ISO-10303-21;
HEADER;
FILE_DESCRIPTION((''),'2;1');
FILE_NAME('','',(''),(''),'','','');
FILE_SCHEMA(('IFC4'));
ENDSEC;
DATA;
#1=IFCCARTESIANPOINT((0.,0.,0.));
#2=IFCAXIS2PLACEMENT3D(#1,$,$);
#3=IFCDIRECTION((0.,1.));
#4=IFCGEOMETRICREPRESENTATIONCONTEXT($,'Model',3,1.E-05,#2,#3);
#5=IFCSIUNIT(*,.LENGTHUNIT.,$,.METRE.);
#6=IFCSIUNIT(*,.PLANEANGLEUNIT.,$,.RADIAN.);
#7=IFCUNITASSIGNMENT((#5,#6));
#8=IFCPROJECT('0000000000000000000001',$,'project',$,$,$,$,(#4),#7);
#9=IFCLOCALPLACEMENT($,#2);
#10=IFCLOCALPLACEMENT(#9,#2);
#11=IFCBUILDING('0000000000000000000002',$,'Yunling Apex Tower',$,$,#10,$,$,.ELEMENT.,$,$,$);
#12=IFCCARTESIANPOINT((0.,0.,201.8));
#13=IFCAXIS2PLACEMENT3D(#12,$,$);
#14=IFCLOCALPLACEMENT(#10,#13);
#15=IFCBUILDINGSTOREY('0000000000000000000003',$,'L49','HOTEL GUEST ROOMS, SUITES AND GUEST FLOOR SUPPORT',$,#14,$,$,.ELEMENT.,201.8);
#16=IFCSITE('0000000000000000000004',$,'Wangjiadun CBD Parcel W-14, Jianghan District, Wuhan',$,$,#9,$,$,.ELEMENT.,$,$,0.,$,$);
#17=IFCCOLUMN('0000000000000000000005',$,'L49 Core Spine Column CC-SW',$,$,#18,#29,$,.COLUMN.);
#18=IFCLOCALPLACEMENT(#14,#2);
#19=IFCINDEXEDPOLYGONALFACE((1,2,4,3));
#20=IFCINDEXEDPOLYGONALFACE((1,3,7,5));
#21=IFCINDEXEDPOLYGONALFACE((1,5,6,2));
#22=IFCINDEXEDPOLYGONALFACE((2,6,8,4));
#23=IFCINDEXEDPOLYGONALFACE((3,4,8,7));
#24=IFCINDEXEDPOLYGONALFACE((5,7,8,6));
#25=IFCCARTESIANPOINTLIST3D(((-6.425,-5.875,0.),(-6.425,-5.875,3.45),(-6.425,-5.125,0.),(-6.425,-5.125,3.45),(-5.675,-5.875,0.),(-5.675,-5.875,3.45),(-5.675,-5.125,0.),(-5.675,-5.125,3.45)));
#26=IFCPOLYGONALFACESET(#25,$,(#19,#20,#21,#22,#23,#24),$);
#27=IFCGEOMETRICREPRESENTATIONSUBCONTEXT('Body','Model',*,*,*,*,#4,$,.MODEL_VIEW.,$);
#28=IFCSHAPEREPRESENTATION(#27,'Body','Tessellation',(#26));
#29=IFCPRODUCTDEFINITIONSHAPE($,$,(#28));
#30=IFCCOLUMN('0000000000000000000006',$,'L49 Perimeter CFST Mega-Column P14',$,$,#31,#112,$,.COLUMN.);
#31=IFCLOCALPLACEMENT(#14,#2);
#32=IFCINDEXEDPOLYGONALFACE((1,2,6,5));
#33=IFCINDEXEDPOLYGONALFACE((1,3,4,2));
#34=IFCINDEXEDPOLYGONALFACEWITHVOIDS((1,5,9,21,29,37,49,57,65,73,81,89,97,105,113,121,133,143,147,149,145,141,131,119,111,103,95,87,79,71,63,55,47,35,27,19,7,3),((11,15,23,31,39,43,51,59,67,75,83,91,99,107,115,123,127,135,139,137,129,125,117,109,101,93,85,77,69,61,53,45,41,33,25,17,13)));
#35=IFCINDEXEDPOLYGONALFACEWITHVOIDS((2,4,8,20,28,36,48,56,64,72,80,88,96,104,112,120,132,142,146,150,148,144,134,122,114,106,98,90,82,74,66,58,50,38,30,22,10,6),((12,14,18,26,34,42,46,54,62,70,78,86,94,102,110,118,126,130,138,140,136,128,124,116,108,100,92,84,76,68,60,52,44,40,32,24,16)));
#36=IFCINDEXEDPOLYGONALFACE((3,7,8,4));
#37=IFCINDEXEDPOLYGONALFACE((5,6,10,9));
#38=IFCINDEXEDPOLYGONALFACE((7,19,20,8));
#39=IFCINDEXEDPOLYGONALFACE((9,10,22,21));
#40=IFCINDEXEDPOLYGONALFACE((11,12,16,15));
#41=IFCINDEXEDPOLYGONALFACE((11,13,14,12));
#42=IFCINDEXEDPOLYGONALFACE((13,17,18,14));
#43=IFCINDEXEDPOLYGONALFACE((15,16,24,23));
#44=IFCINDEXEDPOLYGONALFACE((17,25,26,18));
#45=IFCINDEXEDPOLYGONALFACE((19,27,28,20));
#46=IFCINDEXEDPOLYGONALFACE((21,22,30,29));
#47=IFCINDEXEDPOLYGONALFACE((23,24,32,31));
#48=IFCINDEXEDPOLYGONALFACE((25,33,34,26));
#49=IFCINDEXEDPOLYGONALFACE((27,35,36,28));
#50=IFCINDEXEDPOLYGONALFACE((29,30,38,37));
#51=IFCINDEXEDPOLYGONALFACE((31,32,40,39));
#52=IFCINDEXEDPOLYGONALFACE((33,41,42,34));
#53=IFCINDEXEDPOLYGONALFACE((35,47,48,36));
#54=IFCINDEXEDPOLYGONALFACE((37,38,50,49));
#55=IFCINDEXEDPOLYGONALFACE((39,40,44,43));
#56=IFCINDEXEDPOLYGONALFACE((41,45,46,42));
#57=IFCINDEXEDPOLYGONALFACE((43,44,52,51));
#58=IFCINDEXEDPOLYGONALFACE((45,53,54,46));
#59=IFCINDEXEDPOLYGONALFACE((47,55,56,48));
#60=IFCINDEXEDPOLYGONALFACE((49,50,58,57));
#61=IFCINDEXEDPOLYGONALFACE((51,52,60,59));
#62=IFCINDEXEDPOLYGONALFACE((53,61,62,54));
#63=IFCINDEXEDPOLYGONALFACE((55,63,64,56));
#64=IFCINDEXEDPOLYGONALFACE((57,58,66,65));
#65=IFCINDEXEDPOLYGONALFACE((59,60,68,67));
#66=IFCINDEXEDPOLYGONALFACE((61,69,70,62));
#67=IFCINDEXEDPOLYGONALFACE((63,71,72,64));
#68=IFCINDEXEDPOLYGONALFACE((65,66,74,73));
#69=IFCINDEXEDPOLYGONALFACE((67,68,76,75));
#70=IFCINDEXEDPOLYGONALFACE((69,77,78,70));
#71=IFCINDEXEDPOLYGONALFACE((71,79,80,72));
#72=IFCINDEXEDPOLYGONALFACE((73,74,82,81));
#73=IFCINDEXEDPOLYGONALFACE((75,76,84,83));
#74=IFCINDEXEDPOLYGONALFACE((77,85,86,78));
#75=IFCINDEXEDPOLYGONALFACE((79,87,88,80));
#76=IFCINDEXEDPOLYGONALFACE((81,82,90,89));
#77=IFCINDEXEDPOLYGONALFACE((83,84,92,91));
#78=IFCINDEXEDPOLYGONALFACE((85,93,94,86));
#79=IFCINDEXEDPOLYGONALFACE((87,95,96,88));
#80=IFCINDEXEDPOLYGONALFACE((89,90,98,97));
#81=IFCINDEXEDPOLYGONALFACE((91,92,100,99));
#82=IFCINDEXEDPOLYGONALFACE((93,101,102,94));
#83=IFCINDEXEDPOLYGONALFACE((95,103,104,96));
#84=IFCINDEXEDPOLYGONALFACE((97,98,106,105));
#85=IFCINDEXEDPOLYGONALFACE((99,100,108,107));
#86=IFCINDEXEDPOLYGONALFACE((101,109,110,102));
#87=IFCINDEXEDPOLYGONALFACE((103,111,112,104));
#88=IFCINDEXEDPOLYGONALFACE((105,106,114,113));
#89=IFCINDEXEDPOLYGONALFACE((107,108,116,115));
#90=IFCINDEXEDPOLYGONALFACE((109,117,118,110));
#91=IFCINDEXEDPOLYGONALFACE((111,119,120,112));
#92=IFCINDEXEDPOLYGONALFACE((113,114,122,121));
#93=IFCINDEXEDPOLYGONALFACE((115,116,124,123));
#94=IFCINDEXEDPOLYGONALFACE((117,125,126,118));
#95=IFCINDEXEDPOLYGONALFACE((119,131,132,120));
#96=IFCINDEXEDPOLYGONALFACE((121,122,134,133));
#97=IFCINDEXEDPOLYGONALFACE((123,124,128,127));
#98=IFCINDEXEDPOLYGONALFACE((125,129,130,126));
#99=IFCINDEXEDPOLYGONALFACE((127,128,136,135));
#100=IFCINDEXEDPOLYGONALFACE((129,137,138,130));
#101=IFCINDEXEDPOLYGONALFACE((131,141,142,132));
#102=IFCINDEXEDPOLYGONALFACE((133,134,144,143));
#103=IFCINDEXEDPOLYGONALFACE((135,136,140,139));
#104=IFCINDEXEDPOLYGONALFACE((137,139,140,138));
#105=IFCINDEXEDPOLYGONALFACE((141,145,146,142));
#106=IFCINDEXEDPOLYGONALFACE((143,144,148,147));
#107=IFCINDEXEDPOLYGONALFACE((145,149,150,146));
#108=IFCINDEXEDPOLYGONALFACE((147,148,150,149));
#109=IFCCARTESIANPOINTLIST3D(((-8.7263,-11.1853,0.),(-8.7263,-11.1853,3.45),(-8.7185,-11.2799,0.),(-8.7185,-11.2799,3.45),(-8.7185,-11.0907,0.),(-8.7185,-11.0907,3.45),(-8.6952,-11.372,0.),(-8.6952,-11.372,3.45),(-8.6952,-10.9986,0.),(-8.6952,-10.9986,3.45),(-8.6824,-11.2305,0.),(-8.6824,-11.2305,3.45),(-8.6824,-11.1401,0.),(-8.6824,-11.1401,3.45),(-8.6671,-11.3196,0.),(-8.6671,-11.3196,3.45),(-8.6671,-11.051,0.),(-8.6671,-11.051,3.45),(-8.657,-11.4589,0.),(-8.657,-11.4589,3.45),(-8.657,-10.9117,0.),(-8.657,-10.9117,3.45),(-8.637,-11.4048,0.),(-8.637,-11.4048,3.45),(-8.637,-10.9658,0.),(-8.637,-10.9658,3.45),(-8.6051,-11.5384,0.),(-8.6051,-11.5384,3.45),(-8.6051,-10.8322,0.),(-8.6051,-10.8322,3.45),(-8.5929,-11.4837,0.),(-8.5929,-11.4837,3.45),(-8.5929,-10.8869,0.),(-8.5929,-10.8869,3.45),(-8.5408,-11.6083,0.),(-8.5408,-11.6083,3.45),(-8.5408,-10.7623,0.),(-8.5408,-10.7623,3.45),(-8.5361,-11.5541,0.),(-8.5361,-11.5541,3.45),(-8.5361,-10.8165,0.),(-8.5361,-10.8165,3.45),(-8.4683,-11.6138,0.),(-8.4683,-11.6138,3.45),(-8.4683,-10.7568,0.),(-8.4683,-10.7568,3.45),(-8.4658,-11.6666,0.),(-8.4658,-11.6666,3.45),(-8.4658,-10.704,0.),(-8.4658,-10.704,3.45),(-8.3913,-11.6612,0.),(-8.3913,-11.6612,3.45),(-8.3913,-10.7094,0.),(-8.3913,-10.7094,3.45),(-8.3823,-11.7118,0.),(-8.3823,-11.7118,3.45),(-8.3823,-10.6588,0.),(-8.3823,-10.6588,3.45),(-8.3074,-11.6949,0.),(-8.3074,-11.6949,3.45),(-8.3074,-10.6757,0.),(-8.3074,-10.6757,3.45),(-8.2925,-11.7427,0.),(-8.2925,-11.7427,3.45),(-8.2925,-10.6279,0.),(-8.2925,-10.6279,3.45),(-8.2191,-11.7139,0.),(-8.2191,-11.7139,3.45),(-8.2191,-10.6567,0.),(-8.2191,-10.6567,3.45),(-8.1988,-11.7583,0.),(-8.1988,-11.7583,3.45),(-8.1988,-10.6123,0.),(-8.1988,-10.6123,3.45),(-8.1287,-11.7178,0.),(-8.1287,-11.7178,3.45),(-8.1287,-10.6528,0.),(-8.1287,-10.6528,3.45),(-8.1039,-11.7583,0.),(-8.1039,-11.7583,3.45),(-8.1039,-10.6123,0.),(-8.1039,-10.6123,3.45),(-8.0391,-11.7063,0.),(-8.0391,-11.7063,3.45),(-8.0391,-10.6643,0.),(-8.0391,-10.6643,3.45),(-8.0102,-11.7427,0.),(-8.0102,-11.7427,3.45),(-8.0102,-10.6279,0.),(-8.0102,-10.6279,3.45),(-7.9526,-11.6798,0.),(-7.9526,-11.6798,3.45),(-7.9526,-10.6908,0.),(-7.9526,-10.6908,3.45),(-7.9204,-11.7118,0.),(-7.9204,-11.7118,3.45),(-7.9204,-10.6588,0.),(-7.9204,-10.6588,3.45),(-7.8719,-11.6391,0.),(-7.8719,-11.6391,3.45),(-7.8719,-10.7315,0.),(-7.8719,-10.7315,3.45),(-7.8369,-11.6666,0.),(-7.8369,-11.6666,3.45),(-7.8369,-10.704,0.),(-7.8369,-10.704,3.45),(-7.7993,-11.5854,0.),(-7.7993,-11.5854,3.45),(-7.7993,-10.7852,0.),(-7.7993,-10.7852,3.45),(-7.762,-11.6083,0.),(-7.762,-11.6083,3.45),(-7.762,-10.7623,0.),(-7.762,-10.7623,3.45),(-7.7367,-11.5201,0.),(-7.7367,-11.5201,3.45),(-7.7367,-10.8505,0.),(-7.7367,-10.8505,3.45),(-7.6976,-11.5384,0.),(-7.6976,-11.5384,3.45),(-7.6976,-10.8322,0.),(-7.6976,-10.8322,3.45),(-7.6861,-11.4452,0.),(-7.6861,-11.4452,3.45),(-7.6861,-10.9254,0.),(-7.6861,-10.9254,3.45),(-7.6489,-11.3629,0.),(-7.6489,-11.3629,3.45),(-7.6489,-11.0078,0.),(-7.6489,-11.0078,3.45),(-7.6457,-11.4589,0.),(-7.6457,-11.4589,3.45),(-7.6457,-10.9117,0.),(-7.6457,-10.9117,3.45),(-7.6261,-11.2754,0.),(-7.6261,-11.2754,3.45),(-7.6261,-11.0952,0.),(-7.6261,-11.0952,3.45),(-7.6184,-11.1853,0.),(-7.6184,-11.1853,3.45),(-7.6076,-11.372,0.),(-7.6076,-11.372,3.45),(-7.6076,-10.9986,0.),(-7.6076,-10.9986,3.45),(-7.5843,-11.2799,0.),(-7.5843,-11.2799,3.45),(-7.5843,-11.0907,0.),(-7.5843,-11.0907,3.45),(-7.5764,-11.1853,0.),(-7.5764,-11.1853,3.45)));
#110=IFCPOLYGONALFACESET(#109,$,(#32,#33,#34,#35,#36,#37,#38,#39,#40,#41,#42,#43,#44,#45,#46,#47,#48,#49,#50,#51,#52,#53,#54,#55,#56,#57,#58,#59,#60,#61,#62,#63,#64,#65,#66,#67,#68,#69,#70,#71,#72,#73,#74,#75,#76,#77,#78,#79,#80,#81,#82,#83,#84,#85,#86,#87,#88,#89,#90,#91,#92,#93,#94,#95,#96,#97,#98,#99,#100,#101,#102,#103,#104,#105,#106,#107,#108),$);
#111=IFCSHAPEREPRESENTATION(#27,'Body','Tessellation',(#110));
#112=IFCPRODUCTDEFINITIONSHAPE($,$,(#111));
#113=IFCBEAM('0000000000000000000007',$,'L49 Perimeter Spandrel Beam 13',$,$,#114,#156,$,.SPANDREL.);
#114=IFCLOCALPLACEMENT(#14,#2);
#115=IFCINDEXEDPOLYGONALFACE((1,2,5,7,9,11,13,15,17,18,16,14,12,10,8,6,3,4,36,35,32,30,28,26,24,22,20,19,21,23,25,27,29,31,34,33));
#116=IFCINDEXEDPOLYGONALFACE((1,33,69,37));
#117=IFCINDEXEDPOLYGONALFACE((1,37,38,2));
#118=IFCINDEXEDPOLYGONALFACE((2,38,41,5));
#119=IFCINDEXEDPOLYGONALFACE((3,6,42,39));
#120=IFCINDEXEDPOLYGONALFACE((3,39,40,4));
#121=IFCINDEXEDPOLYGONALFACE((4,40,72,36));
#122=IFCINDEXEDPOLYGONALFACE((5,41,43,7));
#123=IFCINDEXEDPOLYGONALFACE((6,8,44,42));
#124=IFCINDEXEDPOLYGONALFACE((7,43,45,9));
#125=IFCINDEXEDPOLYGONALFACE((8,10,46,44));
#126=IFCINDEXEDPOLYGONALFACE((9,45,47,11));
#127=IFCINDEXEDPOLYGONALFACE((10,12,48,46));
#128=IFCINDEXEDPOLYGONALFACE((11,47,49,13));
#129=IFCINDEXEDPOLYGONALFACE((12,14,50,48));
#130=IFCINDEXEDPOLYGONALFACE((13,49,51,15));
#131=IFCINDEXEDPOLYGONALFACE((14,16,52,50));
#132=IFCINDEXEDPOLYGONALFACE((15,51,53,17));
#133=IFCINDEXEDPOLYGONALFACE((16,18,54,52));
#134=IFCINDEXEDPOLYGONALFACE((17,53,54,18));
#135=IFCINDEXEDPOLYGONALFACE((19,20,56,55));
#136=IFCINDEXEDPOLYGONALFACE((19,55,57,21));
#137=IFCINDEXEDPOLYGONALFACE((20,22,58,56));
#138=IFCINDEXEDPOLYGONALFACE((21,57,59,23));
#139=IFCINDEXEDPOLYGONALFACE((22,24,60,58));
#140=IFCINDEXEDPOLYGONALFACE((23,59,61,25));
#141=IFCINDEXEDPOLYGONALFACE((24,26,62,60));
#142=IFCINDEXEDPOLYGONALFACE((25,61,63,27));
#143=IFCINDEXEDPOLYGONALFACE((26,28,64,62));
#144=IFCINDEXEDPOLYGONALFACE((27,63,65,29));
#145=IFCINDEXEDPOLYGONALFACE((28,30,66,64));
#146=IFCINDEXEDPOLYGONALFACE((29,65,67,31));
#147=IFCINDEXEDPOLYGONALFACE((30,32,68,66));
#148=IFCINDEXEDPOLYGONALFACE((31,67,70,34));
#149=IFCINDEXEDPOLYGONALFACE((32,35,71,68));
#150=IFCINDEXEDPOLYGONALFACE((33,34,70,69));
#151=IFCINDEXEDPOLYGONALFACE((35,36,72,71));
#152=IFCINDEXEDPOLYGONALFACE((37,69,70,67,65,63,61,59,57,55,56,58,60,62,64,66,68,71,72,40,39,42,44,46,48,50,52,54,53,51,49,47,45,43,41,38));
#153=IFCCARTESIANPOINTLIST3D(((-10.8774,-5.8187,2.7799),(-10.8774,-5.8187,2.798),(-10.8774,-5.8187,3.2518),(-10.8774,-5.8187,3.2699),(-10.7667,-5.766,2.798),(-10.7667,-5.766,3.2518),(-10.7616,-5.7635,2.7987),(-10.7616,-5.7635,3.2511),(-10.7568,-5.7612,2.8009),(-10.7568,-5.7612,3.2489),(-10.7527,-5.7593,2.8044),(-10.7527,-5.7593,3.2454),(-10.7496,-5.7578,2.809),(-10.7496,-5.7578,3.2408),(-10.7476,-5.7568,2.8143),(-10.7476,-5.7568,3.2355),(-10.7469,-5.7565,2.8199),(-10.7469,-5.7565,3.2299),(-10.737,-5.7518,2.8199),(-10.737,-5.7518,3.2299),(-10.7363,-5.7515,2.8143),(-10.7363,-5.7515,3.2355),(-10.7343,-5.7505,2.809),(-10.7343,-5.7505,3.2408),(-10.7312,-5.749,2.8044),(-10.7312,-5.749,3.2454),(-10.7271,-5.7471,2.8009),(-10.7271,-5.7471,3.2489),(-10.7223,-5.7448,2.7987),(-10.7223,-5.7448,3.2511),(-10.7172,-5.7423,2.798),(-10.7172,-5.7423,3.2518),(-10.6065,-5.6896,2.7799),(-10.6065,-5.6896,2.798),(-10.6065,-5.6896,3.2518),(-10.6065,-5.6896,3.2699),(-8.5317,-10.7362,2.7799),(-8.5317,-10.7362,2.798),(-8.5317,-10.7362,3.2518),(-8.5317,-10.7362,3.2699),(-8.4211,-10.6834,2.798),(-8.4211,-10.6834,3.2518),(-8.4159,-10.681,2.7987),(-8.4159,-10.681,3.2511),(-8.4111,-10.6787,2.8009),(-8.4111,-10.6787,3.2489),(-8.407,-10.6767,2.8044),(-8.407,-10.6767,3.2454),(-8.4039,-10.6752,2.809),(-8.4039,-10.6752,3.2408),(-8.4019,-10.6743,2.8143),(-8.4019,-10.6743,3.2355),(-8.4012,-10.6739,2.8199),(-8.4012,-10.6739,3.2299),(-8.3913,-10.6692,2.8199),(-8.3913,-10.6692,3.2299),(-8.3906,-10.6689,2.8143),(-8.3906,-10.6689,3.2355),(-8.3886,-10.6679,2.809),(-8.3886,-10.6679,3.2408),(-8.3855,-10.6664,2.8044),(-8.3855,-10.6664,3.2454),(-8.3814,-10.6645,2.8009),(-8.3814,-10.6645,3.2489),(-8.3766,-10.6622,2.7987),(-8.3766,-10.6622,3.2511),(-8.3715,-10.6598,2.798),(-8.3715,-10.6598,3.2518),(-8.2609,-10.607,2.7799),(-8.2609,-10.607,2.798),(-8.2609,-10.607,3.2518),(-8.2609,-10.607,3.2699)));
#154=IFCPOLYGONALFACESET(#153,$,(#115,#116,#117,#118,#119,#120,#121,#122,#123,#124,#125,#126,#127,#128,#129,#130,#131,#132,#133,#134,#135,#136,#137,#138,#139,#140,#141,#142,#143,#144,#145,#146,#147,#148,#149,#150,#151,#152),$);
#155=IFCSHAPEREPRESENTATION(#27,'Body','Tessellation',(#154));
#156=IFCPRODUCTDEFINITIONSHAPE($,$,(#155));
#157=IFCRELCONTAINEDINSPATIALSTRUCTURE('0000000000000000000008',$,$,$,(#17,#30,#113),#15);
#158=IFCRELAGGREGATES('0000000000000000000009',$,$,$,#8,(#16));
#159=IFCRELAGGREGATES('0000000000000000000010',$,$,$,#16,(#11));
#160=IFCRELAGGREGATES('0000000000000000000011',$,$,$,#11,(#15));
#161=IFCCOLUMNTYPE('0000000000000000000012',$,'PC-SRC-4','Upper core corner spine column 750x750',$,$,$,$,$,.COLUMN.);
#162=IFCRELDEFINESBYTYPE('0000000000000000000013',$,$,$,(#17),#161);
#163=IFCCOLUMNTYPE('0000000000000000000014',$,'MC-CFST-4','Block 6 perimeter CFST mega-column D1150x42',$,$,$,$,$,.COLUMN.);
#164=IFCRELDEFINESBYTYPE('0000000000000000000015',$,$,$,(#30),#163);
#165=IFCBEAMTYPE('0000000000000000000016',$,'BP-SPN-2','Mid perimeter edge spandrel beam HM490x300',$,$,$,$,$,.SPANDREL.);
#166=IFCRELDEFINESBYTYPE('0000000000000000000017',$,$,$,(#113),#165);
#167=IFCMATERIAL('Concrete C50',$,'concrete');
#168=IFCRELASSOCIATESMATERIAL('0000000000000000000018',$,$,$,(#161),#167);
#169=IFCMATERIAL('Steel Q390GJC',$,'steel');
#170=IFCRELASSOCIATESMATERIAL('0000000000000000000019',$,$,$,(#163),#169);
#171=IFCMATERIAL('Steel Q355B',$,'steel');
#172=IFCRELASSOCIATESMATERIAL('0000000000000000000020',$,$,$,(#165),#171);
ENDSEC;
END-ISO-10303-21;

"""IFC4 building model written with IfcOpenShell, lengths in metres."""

from ifc_helpers import new_model, si_unit, direction, frame, origin, origin_2d, place, context, subcontext, project, spatial, rectangle, hollow_circle, i_section, extrude, source, transform, mapped, material, material_profile, profile_set, type_object, element, save


model = new_model("IFC4")

# Units and contexts
model_context = context("Model", 3, precision=1e-05, world=origin(), true_north=direction((0.0, 1.0)))
body_context = subcontext(model_context, "Body", "Model", "MODEL_VIEW")
ifc_project = project(units=[si_unit("LENGTHUNIT", "METRE"), si_unit("PLANEANGLEUNIT", "RADIAN")], contexts=[model_context])

# Site, building, storey
site_placement = place(None, origin())
site = spatial("IfcSite", under=ifc_project, at=site_placement, Name="Wangjiadun CBD Parcel W-14, Jianghan District, Wuhan", CompositionType="ELEMENT", RefElevation=0.0)
building_placement = place(site_placement, origin())
building = spatial("IfcBuilding", under=site, at=building_placement, Name="Yunling Apex Tower", CompositionType="ELEMENT")
storey_placement = place(building_placement, frame((0.0, 0.0, 201.8)))
storey = spatial("IfcBuildingStorey", under=building, at=storey_placement, Name="L49", Description="HOTEL GUEST ROOMS, SUITES AND GUEST FLOOR SUPPORT", CompositionType="ELEMENT", Elevation=201.8)

# Columns
ifc_material_1 = material(Name="Concrete C50", Category="concrete")
ifc_material_profile_1 = material_profile(ifc_material_1, rectangle(XDim=0.75, YDim=0.75, at=origin_2d()))
ifc_profile_set_1 = profile_set([ifc_material_profile_1], Name="Concrete C50")
column_type_1 = type_object("IfcColumnType", Name="PC-SRC-4", Description="Upper core corner spine column 750x750", PredefinedType="COLUMN", material=ifc_profile_set_1)
shared_shape_1 = source(origin(), body_context, "Body", "SweptSolid", [
    extrude(rectangle(XDim=0.75, YDim=0.75, at=origin_2d()), origin(), (0.0, 0.0, 1.0), 3.45),
])
column_1_placement = place(storey_placement, frame((-6.05, -5.5, 0.0), z_axis=(0.0, 0.0, 1.0), x_axis=(1.0, 0.0, 0.0)))
element("IfcColumn", 1, at=column_1_placement, inside=storey, type_object=column_type_1, Name="L49 Core Spine Column CC-SW", PredefinedType="COLUMN", context=body_context, shape_type="MappedRepresentation", body=[
    mapped(shared_shape_1, transform((0.0, 0.0, 0.0), scale=1.0)),
])
ifc_material_2 = material(Name="Steel Q390GJC", Category="steel")
ifc_material_profile_2 = material_profile(ifc_material_2, hollow_circle(Radius=0.575, WallThickness=0.042, at=origin_2d()))
ifc_profile_set_2 = profile_set([ifc_material_profile_2], Name="Steel Q390GJC")
column_type_2 = type_object("IfcColumnType", Name="MC-CFST-4", Description="Block 6 perimeter CFST mega-column D1150x42", PredefinedType="COLUMN", material=ifc_profile_set_2)
shared_shape_2 = source(origin(), body_context, "Body", "SweptSolid", [
    extrude(hollow_circle(Radius=0.575, WallThickness=0.042, at=origin_2d()), origin(), (0.0, 0.0, 1.0), 3.45),
])
column_2_placement = place(storey_placement, frame((-8.1514, -11.1853, 0.0), z_axis=(0.0, 0.0, 1.0), x_axis=(1.0, 0.0, 0.0)))
element("IfcColumn", 2, at=column_2_placement, inside=storey, type_object=column_type_2, Name="L49 Perimeter CFST Mega-Column P14", PredefinedType="COLUMN", context=body_context, shape_type="MappedRepresentation", body=[
    mapped(shared_shape_2, transform((0.0, 0.0, 0.0), scale=1.0)),
])

# Beam
ifc_material_3 = material(Name="Steel Q355B", Category="steel")
ifc_material_profile_3 = material_profile(ifc_material_3, i_section(OverallWidth=0.3, OverallDepth=0.49, WebThickness=0.011, FlangeThickness=0.0181, FilletRadius=0.022, at=origin_2d()))
ifc_profile_set_3 = profile_set([ifc_material_profile_3], Name="Steel Q355B")
beam_type_1 = type_object("IfcBeamType", Name="BP-SPN-2", Description="Mid perimeter edge spandrel beam HM490x300", PredefinedType="SPANDREL", material=ifc_profile_set_3)
shared_shape_3 = source(origin(), body_context, "Body", "SweptSolid", [
    extrude(i_section(OverallWidth=0.3, OverallDepth=0.49, WebThickness=0.011, FlangeThickness=0.0181, FilletRadius=0.022, at=origin_2d()), origin(), (0.0, 0.0, 1.0), 5.4482),
])
beam_1_placement = place(storey_placement, frame((-10.7419, -5.7542, 3.0249), z_axis=(0.430539, -0.902572, 0.0), x_axis=(0.902572, 0.430539, 0.0)))
element("IfcBeam", 3, at=beam_1_placement, inside=storey, type_object=beam_type_1, Name="L49 Perimeter Spandrel Beam 13", PredefinedType="SPANDREL", context=body_context, shape_type="MappedRepresentation", body=[
    mapped(shared_shape_3, transform((0.0, 0.0, 0.0), scale=1.0)),
])

save(model, "model.ifc")
